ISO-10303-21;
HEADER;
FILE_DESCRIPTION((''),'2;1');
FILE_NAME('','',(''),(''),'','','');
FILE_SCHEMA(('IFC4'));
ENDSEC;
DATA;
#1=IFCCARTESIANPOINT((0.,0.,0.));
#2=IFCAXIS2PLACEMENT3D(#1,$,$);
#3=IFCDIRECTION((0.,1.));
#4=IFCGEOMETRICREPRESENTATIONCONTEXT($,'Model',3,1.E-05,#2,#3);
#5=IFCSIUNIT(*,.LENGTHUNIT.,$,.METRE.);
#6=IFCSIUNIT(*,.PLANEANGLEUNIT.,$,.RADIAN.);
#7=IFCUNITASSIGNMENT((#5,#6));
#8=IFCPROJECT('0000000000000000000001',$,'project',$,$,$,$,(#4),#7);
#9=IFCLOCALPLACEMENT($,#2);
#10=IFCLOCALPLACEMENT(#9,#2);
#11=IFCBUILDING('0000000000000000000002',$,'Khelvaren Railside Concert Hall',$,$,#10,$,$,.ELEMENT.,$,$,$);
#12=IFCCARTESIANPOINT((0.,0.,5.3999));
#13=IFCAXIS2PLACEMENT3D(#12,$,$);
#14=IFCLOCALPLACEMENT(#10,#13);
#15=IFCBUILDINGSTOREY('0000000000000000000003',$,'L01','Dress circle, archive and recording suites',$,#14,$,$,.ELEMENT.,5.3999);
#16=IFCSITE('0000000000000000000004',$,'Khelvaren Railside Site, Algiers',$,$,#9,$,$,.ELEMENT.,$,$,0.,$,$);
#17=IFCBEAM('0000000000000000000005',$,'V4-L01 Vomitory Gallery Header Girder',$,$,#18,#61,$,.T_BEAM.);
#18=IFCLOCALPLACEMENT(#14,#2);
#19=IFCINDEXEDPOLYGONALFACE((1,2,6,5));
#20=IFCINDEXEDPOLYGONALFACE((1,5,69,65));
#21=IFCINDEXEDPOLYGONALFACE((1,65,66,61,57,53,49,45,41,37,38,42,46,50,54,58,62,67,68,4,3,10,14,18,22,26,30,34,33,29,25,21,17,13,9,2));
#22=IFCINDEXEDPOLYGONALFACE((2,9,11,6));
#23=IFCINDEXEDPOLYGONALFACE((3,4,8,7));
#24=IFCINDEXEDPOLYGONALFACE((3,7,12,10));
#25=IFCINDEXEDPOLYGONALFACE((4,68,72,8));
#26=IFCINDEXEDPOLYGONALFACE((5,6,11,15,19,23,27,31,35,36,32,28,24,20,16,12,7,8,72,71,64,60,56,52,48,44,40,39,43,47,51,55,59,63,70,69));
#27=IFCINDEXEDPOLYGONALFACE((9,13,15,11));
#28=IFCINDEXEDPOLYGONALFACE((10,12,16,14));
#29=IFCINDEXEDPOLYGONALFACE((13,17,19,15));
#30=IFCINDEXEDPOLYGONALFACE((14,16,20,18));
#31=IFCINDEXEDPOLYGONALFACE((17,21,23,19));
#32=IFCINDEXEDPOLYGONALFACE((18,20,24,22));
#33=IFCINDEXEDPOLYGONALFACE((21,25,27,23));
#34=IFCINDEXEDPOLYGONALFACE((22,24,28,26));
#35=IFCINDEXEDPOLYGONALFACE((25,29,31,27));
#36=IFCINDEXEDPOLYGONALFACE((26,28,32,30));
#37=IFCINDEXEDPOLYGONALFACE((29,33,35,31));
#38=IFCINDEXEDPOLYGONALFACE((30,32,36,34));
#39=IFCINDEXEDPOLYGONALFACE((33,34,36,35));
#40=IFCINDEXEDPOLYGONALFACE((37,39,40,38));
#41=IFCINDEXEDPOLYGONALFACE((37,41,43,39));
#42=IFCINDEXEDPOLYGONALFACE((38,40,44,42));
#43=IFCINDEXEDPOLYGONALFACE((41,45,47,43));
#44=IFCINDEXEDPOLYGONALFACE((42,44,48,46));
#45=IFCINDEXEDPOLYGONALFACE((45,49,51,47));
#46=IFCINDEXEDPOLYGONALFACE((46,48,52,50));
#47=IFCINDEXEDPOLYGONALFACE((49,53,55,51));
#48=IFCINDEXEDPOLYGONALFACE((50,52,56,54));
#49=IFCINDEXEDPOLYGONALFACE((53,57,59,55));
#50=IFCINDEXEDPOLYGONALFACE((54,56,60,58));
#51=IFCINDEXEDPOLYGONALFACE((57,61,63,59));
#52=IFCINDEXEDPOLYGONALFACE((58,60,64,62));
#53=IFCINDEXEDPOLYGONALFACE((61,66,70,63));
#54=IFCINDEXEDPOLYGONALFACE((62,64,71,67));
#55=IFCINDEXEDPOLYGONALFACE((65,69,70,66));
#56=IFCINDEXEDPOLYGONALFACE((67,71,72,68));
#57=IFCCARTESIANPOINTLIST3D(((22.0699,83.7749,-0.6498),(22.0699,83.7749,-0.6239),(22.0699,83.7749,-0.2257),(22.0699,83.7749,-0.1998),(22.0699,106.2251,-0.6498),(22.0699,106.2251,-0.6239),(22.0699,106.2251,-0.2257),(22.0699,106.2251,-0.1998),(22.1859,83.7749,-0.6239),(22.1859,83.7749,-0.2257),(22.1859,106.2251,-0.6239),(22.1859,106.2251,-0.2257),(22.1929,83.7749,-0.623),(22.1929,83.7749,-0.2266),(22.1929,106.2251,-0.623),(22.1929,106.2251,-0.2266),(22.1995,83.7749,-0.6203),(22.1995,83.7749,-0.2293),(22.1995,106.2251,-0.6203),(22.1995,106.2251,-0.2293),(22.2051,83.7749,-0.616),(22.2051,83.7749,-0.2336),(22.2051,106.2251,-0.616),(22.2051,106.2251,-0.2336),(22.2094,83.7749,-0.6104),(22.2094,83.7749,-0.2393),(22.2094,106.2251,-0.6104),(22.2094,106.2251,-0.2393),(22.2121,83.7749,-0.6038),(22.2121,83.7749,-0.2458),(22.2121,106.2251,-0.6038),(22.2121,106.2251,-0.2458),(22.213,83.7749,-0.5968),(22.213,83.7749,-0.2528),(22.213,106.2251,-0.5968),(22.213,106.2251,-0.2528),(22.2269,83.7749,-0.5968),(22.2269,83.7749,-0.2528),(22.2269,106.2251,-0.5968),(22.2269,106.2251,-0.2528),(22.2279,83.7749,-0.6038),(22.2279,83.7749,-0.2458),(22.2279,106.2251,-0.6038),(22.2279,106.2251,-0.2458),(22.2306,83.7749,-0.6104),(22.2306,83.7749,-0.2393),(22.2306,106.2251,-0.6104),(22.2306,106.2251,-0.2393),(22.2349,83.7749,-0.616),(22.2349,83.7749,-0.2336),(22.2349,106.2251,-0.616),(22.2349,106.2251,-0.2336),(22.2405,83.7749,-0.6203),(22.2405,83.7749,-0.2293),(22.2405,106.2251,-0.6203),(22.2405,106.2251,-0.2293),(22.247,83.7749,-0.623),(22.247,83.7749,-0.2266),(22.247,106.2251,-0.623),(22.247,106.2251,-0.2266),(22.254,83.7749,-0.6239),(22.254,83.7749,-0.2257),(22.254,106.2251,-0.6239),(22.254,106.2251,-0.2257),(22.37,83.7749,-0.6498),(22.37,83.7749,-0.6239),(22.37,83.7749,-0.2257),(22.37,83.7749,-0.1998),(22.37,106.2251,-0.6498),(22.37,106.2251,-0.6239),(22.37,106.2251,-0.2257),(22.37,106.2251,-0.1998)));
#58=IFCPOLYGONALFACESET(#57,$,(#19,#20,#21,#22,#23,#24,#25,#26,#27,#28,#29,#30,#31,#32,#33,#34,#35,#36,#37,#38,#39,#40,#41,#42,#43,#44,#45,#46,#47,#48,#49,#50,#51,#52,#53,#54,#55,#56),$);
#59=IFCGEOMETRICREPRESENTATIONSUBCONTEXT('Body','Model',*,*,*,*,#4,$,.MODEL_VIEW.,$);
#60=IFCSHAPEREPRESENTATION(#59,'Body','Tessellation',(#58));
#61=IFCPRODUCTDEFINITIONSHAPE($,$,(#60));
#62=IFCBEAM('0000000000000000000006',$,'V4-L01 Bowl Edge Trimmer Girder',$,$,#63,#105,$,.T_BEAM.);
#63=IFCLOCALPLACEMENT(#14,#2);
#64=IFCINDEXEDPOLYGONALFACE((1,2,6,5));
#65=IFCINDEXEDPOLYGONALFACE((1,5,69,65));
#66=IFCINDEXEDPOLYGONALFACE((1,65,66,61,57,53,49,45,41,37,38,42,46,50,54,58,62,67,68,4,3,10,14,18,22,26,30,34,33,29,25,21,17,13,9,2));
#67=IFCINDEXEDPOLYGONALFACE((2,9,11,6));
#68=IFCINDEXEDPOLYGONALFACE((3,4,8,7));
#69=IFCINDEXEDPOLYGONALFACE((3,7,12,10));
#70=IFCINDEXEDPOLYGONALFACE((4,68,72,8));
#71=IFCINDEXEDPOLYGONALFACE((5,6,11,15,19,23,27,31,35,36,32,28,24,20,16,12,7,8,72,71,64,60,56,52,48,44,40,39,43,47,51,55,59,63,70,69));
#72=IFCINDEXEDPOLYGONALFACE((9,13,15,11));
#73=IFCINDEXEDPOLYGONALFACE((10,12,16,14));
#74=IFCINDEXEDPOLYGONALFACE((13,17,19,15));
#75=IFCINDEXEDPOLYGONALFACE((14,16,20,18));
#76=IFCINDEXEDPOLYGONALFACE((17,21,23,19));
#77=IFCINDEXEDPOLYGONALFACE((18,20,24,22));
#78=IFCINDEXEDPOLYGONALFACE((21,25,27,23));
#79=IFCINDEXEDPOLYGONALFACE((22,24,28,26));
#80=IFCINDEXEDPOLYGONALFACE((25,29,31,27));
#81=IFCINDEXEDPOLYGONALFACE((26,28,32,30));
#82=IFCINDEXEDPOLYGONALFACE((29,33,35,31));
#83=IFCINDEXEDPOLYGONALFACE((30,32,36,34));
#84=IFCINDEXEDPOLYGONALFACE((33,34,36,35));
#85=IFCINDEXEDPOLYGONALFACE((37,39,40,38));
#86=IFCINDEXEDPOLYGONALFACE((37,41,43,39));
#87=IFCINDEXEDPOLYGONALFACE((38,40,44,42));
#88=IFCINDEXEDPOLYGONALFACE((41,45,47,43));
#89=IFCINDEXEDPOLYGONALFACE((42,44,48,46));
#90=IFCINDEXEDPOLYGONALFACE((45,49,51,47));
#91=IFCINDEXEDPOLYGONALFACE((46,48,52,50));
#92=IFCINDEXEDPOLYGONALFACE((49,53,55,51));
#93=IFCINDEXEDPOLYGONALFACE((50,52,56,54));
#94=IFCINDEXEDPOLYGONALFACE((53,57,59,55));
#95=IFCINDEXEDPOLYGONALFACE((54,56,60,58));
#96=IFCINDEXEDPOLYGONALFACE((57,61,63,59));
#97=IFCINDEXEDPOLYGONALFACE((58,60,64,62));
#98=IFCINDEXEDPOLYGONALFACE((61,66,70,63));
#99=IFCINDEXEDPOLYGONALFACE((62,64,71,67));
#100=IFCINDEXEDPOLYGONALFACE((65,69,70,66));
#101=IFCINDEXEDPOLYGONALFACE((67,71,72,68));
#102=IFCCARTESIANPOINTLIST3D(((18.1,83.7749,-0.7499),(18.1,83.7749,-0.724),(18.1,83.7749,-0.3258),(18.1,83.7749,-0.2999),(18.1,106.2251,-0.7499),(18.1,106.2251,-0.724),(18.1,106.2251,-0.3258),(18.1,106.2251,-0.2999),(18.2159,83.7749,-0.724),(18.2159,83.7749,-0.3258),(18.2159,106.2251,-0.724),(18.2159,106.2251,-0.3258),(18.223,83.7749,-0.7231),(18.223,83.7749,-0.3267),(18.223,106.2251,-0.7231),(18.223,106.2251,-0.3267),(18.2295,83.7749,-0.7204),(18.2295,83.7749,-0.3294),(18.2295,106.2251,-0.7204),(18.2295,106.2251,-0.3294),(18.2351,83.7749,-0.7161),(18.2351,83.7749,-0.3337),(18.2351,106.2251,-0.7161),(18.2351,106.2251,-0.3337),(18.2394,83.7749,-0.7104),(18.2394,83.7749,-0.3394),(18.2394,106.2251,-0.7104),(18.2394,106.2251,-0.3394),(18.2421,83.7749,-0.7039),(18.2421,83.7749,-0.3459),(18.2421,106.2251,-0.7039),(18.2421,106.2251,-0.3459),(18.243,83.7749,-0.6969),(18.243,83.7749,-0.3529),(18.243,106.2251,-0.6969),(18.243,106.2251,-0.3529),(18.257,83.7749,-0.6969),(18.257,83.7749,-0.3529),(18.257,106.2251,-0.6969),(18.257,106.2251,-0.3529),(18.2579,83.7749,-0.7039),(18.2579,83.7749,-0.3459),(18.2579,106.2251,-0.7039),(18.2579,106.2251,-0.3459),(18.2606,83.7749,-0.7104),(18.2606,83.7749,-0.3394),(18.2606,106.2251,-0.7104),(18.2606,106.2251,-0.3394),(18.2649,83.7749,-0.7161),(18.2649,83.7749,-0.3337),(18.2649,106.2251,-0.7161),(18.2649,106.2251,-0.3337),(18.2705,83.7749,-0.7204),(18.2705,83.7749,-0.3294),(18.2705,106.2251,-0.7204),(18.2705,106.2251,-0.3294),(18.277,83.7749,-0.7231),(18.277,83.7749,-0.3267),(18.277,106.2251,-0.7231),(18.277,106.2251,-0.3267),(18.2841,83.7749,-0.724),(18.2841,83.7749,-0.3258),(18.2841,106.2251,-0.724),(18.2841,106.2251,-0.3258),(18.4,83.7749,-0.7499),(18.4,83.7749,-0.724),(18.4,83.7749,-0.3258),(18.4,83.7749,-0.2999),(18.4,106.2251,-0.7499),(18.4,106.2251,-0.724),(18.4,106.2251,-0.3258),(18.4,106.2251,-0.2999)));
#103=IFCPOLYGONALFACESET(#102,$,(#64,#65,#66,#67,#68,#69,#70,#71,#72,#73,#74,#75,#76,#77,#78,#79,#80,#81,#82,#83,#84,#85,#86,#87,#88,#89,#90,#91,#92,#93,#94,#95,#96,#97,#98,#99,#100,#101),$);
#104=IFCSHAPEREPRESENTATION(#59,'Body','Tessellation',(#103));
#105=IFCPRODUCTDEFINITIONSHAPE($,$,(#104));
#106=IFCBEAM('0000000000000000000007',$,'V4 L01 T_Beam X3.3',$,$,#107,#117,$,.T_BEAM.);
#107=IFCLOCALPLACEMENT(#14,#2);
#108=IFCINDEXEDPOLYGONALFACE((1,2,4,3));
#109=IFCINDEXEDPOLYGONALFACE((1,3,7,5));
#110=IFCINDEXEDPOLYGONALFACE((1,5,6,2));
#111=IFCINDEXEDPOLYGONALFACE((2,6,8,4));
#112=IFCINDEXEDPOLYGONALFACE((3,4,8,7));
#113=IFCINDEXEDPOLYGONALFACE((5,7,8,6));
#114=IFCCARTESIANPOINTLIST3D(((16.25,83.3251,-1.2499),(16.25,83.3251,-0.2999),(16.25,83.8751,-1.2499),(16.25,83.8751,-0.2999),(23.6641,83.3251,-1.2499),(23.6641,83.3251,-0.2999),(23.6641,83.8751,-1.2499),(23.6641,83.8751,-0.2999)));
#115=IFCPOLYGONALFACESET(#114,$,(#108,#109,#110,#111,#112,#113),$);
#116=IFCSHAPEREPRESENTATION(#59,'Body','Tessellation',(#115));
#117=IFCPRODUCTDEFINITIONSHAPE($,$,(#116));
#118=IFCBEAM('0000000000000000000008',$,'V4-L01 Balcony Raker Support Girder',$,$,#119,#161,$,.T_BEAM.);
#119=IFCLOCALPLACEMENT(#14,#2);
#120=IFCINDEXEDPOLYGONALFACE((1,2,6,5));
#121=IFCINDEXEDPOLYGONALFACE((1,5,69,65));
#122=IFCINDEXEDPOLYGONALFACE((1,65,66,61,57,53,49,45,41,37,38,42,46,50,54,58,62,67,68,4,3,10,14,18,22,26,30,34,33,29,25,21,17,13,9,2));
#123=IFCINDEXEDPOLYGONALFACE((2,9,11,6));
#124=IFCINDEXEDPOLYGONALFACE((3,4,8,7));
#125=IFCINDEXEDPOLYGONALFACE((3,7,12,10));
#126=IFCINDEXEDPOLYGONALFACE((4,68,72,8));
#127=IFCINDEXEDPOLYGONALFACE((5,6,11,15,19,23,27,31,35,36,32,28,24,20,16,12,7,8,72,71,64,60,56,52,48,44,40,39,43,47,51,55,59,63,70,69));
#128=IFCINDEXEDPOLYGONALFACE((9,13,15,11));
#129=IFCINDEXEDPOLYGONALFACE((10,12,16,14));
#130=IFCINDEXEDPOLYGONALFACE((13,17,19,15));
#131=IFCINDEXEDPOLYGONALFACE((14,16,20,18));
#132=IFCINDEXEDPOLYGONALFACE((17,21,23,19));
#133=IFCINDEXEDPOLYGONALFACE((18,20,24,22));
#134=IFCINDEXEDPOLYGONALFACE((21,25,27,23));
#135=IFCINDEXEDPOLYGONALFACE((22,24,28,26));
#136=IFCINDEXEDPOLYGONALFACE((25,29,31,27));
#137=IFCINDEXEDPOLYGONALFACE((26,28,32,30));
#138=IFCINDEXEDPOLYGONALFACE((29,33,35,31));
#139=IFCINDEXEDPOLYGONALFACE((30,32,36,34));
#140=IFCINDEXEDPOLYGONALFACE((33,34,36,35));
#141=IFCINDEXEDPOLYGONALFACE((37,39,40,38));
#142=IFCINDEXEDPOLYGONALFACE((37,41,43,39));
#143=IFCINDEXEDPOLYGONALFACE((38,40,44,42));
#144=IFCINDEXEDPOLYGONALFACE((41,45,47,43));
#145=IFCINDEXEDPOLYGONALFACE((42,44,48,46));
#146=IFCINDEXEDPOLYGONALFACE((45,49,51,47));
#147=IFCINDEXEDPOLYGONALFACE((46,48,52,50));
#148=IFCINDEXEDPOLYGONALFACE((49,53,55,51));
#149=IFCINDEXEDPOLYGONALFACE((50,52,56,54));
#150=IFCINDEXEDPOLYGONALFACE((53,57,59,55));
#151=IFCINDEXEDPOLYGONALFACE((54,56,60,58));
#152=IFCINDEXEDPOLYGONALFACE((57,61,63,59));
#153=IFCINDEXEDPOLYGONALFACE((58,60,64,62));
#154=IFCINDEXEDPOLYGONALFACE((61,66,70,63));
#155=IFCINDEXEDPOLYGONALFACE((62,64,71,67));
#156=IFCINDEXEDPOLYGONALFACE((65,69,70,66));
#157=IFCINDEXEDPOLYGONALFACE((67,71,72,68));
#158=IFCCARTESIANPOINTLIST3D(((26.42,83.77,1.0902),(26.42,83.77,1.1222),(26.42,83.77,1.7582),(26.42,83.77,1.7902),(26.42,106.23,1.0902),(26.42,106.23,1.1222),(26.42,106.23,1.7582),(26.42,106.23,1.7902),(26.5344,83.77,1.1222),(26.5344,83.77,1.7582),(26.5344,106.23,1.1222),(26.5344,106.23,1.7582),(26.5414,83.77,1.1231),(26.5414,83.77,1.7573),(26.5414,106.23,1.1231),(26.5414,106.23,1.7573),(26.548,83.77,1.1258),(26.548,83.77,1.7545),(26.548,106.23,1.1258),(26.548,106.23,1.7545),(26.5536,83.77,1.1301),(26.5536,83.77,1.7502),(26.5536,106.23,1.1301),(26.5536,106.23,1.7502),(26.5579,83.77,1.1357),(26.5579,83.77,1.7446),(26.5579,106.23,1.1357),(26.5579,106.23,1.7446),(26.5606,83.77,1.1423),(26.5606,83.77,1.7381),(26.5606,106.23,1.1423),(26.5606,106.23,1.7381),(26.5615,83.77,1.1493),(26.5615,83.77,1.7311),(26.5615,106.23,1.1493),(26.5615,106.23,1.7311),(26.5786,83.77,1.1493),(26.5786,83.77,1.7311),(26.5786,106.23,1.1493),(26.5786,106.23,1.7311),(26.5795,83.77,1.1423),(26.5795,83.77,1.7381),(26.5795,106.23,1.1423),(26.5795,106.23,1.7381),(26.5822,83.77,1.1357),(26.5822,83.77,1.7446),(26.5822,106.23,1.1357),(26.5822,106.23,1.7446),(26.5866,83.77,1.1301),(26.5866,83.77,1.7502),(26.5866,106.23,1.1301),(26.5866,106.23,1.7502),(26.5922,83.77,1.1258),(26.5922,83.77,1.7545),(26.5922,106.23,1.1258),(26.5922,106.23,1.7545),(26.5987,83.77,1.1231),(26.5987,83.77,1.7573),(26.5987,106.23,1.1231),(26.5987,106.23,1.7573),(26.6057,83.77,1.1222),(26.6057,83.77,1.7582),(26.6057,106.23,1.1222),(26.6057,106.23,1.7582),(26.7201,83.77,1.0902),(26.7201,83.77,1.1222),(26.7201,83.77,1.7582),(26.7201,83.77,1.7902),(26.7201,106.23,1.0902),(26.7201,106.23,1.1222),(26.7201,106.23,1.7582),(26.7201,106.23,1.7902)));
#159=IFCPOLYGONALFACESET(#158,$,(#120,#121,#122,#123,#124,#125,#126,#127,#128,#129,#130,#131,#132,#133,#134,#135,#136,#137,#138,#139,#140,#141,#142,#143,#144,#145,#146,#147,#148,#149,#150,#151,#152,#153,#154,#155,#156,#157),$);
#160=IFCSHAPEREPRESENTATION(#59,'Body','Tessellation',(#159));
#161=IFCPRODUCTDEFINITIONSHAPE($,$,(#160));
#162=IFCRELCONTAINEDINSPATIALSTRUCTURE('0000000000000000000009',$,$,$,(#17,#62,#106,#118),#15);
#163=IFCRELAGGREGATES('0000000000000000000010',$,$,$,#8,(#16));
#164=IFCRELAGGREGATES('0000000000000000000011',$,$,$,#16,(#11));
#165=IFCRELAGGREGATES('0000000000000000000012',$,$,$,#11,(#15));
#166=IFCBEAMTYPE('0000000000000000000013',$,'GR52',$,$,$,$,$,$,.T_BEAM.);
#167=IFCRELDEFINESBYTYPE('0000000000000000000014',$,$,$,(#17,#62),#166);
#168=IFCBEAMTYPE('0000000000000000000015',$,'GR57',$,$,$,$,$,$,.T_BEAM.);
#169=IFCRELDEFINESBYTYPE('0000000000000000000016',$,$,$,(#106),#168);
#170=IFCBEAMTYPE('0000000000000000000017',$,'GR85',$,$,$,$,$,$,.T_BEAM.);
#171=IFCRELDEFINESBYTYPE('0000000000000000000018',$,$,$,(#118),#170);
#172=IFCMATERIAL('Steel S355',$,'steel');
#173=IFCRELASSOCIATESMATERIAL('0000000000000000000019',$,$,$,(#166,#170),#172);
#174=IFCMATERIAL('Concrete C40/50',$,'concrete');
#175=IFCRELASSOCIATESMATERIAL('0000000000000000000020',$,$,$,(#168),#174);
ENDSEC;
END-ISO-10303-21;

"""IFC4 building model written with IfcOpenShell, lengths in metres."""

from ifc_helpers import new_model, si_unit, direction, frame, origin, origin_2d, place, context, subcontext, project, spatial, rectangle, i_section, extrude, material, material_profile, profile_set, type_object, element, save


model = new_model("IFC4")

# Units and contexts
model_context = context("Model", 3, precision=1e-05, world=origin(), true_north=direction((0.0, 1.0)))
body_context = subcontext(model_context, "Body", "Model", "MODEL_VIEW")
ifc_project = project(units=[si_unit("LENGTHUNIT", "METRE"), si_unit("PLANEANGLEUNIT", "RADIAN")], contexts=[model_context])

# Site, building, storey
site_placement = place(None, origin())
site = spatial("IfcSite", under=ifc_project, at=site_placement, Name="Khelvaren Railside Site, Algiers", CompositionType="ELEMENT", RefElevation=0.0)
building_placement = place(site_placement, origin())
building = spatial("IfcBuilding", under=site, at=building_placement, Name="Khelvaren Railside Concert Hall", CompositionType="ELEMENT")
storey_placement = place(building_placement, frame((0.0, 0.0, 5.3999)))
storey = spatial("IfcBuildingStorey", under=building, at=storey_placement, Name="L01", Description="Dress circle, archive and recording suites", CompositionType="ELEMENT", Elevation=5.3999)

# Shared definitions
ifc_material_1 = material(Name="Steel S355", Category="steel")
ifc_material_2 = material(Name="Concrete C40/50", Category="concrete")

# Beams
ifc_material_profile_1 = material_profile(ifc_material_1, i_section(OverallWidth=0.3, OverallDepth=0.45, WebThickness=0.0139, FlangeThickness=0.0259, FilletRadius=0.0271, at=origin_2d()), Name="HEB 450")
ifc_profile_set_1 = profile_set([ifc_material_profile_1], Name="Steel S355")
beam_type_1 = type_object("IfcBeamType", Name="GR52", PredefinedType="T_BEAM", material=ifc_profile_set_1)
for number, where, z_axis, x_axis, name in (
    (1, (22.22, 83.7749, -0.4248), (0.0, 1.0, 0.0), (-1.0, 0.0, 0.0), "V4-L01 Vomitory Gallery Header Girder"),
    (2, (18.25, 83.7749, -0.5249), (0.0, 1.0, 0.0), (-1.0, 0.0, 0.0), "V4-L01 Bowl Edge Trimmer Girder"),
):
    element("IfcBeam", number, at=place(storey_placement, frame(where, z_axis=z_axis, x_axis=x_axis)), inside=storey, type_object=beam_type_1, Name=name, PredefinedType="T_BEAM", context=body_context, shape_type="SweptSolid", body=[
        extrude(i_section(OverallWidth=0.3, OverallDepth=0.45, WebThickness=0.0139, FlangeThickness=0.0259, FilletRadius=0.0271, at=origin_2d()), origin(), (0.0, 0.0, 1.0), 22.4502),
    ])
ifc_material_profile_2 = material_profile(ifc_material_2, rectangle(XDim=0.55, YDim=0.95, at=origin_2d()), Name="RCB 550x950")
ifc_profile_set_2 = profile_set([ifc_material_profile_2], Name="Concrete C40/50")
beam_type_2 = type_object("IfcBeamType", Name="GR57", PredefinedType="T_BEAM", material=ifc_profile_set_2)
beam_1_placement = place(storey_placement, frame((16.25, 83.6001, -0.7749), z_axis=(1.0, 0.0, 0.0), x_axis=(0.0, 1.0, 0.0)))
element("IfcBeam", 3, at=beam_1_placement, inside=storey, type_object=beam_type_2, Name="V4 L01 T_Beam X3.3", PredefinedType="T_BEAM", context=body_context, shape_type="SweptSolid", body=[
    extrude(rectangle(XDim=0.55, YDim=0.95, at=origin_2d()), origin(), (0.0, 0.0, 1.0), 7.4141),
])
ifc_material_profile_3 = material_profile(ifc_material_1, i_section(OverallWidth=0.3, OverallDepth=0.7, WebThickness=0.0171, FlangeThickness=0.032, FilletRadius=0.0271, at=origin_2d()), Name="HEB 700")
ifc_profile_set_3 = profile_set([ifc_material_profile_3], Name="Steel S355")
beam_type_3 = type_object("IfcBeamType", Name="GR85", PredefinedType="T_BEAM", material=ifc_profile_set_3)
beam_2_placement = place(storey_placement, frame((26.5701, 83.77, 1.4402), z_axis=(0.0, 1.0, 0.0), x_axis=(-1.0, 0.0, 0.0)))
element("IfcBeam", 4, at=beam_2_placement, inside=storey, type_object=beam_type_3, Name="V4-L01 Balcony Raker Support Girder", PredefinedType="T_BEAM", context=body_context, shape_type="SweptSolid", body=[
    extrude(i_section(OverallWidth=0.3, OverallDepth=0.7, WebThickness=0.0171, FlangeThickness=0.032, FilletRadius=0.0271, at=origin_2d()), origin(), (0.0, 0.0, 1.0), 22.46),
])

save(model, "model.ifc")
